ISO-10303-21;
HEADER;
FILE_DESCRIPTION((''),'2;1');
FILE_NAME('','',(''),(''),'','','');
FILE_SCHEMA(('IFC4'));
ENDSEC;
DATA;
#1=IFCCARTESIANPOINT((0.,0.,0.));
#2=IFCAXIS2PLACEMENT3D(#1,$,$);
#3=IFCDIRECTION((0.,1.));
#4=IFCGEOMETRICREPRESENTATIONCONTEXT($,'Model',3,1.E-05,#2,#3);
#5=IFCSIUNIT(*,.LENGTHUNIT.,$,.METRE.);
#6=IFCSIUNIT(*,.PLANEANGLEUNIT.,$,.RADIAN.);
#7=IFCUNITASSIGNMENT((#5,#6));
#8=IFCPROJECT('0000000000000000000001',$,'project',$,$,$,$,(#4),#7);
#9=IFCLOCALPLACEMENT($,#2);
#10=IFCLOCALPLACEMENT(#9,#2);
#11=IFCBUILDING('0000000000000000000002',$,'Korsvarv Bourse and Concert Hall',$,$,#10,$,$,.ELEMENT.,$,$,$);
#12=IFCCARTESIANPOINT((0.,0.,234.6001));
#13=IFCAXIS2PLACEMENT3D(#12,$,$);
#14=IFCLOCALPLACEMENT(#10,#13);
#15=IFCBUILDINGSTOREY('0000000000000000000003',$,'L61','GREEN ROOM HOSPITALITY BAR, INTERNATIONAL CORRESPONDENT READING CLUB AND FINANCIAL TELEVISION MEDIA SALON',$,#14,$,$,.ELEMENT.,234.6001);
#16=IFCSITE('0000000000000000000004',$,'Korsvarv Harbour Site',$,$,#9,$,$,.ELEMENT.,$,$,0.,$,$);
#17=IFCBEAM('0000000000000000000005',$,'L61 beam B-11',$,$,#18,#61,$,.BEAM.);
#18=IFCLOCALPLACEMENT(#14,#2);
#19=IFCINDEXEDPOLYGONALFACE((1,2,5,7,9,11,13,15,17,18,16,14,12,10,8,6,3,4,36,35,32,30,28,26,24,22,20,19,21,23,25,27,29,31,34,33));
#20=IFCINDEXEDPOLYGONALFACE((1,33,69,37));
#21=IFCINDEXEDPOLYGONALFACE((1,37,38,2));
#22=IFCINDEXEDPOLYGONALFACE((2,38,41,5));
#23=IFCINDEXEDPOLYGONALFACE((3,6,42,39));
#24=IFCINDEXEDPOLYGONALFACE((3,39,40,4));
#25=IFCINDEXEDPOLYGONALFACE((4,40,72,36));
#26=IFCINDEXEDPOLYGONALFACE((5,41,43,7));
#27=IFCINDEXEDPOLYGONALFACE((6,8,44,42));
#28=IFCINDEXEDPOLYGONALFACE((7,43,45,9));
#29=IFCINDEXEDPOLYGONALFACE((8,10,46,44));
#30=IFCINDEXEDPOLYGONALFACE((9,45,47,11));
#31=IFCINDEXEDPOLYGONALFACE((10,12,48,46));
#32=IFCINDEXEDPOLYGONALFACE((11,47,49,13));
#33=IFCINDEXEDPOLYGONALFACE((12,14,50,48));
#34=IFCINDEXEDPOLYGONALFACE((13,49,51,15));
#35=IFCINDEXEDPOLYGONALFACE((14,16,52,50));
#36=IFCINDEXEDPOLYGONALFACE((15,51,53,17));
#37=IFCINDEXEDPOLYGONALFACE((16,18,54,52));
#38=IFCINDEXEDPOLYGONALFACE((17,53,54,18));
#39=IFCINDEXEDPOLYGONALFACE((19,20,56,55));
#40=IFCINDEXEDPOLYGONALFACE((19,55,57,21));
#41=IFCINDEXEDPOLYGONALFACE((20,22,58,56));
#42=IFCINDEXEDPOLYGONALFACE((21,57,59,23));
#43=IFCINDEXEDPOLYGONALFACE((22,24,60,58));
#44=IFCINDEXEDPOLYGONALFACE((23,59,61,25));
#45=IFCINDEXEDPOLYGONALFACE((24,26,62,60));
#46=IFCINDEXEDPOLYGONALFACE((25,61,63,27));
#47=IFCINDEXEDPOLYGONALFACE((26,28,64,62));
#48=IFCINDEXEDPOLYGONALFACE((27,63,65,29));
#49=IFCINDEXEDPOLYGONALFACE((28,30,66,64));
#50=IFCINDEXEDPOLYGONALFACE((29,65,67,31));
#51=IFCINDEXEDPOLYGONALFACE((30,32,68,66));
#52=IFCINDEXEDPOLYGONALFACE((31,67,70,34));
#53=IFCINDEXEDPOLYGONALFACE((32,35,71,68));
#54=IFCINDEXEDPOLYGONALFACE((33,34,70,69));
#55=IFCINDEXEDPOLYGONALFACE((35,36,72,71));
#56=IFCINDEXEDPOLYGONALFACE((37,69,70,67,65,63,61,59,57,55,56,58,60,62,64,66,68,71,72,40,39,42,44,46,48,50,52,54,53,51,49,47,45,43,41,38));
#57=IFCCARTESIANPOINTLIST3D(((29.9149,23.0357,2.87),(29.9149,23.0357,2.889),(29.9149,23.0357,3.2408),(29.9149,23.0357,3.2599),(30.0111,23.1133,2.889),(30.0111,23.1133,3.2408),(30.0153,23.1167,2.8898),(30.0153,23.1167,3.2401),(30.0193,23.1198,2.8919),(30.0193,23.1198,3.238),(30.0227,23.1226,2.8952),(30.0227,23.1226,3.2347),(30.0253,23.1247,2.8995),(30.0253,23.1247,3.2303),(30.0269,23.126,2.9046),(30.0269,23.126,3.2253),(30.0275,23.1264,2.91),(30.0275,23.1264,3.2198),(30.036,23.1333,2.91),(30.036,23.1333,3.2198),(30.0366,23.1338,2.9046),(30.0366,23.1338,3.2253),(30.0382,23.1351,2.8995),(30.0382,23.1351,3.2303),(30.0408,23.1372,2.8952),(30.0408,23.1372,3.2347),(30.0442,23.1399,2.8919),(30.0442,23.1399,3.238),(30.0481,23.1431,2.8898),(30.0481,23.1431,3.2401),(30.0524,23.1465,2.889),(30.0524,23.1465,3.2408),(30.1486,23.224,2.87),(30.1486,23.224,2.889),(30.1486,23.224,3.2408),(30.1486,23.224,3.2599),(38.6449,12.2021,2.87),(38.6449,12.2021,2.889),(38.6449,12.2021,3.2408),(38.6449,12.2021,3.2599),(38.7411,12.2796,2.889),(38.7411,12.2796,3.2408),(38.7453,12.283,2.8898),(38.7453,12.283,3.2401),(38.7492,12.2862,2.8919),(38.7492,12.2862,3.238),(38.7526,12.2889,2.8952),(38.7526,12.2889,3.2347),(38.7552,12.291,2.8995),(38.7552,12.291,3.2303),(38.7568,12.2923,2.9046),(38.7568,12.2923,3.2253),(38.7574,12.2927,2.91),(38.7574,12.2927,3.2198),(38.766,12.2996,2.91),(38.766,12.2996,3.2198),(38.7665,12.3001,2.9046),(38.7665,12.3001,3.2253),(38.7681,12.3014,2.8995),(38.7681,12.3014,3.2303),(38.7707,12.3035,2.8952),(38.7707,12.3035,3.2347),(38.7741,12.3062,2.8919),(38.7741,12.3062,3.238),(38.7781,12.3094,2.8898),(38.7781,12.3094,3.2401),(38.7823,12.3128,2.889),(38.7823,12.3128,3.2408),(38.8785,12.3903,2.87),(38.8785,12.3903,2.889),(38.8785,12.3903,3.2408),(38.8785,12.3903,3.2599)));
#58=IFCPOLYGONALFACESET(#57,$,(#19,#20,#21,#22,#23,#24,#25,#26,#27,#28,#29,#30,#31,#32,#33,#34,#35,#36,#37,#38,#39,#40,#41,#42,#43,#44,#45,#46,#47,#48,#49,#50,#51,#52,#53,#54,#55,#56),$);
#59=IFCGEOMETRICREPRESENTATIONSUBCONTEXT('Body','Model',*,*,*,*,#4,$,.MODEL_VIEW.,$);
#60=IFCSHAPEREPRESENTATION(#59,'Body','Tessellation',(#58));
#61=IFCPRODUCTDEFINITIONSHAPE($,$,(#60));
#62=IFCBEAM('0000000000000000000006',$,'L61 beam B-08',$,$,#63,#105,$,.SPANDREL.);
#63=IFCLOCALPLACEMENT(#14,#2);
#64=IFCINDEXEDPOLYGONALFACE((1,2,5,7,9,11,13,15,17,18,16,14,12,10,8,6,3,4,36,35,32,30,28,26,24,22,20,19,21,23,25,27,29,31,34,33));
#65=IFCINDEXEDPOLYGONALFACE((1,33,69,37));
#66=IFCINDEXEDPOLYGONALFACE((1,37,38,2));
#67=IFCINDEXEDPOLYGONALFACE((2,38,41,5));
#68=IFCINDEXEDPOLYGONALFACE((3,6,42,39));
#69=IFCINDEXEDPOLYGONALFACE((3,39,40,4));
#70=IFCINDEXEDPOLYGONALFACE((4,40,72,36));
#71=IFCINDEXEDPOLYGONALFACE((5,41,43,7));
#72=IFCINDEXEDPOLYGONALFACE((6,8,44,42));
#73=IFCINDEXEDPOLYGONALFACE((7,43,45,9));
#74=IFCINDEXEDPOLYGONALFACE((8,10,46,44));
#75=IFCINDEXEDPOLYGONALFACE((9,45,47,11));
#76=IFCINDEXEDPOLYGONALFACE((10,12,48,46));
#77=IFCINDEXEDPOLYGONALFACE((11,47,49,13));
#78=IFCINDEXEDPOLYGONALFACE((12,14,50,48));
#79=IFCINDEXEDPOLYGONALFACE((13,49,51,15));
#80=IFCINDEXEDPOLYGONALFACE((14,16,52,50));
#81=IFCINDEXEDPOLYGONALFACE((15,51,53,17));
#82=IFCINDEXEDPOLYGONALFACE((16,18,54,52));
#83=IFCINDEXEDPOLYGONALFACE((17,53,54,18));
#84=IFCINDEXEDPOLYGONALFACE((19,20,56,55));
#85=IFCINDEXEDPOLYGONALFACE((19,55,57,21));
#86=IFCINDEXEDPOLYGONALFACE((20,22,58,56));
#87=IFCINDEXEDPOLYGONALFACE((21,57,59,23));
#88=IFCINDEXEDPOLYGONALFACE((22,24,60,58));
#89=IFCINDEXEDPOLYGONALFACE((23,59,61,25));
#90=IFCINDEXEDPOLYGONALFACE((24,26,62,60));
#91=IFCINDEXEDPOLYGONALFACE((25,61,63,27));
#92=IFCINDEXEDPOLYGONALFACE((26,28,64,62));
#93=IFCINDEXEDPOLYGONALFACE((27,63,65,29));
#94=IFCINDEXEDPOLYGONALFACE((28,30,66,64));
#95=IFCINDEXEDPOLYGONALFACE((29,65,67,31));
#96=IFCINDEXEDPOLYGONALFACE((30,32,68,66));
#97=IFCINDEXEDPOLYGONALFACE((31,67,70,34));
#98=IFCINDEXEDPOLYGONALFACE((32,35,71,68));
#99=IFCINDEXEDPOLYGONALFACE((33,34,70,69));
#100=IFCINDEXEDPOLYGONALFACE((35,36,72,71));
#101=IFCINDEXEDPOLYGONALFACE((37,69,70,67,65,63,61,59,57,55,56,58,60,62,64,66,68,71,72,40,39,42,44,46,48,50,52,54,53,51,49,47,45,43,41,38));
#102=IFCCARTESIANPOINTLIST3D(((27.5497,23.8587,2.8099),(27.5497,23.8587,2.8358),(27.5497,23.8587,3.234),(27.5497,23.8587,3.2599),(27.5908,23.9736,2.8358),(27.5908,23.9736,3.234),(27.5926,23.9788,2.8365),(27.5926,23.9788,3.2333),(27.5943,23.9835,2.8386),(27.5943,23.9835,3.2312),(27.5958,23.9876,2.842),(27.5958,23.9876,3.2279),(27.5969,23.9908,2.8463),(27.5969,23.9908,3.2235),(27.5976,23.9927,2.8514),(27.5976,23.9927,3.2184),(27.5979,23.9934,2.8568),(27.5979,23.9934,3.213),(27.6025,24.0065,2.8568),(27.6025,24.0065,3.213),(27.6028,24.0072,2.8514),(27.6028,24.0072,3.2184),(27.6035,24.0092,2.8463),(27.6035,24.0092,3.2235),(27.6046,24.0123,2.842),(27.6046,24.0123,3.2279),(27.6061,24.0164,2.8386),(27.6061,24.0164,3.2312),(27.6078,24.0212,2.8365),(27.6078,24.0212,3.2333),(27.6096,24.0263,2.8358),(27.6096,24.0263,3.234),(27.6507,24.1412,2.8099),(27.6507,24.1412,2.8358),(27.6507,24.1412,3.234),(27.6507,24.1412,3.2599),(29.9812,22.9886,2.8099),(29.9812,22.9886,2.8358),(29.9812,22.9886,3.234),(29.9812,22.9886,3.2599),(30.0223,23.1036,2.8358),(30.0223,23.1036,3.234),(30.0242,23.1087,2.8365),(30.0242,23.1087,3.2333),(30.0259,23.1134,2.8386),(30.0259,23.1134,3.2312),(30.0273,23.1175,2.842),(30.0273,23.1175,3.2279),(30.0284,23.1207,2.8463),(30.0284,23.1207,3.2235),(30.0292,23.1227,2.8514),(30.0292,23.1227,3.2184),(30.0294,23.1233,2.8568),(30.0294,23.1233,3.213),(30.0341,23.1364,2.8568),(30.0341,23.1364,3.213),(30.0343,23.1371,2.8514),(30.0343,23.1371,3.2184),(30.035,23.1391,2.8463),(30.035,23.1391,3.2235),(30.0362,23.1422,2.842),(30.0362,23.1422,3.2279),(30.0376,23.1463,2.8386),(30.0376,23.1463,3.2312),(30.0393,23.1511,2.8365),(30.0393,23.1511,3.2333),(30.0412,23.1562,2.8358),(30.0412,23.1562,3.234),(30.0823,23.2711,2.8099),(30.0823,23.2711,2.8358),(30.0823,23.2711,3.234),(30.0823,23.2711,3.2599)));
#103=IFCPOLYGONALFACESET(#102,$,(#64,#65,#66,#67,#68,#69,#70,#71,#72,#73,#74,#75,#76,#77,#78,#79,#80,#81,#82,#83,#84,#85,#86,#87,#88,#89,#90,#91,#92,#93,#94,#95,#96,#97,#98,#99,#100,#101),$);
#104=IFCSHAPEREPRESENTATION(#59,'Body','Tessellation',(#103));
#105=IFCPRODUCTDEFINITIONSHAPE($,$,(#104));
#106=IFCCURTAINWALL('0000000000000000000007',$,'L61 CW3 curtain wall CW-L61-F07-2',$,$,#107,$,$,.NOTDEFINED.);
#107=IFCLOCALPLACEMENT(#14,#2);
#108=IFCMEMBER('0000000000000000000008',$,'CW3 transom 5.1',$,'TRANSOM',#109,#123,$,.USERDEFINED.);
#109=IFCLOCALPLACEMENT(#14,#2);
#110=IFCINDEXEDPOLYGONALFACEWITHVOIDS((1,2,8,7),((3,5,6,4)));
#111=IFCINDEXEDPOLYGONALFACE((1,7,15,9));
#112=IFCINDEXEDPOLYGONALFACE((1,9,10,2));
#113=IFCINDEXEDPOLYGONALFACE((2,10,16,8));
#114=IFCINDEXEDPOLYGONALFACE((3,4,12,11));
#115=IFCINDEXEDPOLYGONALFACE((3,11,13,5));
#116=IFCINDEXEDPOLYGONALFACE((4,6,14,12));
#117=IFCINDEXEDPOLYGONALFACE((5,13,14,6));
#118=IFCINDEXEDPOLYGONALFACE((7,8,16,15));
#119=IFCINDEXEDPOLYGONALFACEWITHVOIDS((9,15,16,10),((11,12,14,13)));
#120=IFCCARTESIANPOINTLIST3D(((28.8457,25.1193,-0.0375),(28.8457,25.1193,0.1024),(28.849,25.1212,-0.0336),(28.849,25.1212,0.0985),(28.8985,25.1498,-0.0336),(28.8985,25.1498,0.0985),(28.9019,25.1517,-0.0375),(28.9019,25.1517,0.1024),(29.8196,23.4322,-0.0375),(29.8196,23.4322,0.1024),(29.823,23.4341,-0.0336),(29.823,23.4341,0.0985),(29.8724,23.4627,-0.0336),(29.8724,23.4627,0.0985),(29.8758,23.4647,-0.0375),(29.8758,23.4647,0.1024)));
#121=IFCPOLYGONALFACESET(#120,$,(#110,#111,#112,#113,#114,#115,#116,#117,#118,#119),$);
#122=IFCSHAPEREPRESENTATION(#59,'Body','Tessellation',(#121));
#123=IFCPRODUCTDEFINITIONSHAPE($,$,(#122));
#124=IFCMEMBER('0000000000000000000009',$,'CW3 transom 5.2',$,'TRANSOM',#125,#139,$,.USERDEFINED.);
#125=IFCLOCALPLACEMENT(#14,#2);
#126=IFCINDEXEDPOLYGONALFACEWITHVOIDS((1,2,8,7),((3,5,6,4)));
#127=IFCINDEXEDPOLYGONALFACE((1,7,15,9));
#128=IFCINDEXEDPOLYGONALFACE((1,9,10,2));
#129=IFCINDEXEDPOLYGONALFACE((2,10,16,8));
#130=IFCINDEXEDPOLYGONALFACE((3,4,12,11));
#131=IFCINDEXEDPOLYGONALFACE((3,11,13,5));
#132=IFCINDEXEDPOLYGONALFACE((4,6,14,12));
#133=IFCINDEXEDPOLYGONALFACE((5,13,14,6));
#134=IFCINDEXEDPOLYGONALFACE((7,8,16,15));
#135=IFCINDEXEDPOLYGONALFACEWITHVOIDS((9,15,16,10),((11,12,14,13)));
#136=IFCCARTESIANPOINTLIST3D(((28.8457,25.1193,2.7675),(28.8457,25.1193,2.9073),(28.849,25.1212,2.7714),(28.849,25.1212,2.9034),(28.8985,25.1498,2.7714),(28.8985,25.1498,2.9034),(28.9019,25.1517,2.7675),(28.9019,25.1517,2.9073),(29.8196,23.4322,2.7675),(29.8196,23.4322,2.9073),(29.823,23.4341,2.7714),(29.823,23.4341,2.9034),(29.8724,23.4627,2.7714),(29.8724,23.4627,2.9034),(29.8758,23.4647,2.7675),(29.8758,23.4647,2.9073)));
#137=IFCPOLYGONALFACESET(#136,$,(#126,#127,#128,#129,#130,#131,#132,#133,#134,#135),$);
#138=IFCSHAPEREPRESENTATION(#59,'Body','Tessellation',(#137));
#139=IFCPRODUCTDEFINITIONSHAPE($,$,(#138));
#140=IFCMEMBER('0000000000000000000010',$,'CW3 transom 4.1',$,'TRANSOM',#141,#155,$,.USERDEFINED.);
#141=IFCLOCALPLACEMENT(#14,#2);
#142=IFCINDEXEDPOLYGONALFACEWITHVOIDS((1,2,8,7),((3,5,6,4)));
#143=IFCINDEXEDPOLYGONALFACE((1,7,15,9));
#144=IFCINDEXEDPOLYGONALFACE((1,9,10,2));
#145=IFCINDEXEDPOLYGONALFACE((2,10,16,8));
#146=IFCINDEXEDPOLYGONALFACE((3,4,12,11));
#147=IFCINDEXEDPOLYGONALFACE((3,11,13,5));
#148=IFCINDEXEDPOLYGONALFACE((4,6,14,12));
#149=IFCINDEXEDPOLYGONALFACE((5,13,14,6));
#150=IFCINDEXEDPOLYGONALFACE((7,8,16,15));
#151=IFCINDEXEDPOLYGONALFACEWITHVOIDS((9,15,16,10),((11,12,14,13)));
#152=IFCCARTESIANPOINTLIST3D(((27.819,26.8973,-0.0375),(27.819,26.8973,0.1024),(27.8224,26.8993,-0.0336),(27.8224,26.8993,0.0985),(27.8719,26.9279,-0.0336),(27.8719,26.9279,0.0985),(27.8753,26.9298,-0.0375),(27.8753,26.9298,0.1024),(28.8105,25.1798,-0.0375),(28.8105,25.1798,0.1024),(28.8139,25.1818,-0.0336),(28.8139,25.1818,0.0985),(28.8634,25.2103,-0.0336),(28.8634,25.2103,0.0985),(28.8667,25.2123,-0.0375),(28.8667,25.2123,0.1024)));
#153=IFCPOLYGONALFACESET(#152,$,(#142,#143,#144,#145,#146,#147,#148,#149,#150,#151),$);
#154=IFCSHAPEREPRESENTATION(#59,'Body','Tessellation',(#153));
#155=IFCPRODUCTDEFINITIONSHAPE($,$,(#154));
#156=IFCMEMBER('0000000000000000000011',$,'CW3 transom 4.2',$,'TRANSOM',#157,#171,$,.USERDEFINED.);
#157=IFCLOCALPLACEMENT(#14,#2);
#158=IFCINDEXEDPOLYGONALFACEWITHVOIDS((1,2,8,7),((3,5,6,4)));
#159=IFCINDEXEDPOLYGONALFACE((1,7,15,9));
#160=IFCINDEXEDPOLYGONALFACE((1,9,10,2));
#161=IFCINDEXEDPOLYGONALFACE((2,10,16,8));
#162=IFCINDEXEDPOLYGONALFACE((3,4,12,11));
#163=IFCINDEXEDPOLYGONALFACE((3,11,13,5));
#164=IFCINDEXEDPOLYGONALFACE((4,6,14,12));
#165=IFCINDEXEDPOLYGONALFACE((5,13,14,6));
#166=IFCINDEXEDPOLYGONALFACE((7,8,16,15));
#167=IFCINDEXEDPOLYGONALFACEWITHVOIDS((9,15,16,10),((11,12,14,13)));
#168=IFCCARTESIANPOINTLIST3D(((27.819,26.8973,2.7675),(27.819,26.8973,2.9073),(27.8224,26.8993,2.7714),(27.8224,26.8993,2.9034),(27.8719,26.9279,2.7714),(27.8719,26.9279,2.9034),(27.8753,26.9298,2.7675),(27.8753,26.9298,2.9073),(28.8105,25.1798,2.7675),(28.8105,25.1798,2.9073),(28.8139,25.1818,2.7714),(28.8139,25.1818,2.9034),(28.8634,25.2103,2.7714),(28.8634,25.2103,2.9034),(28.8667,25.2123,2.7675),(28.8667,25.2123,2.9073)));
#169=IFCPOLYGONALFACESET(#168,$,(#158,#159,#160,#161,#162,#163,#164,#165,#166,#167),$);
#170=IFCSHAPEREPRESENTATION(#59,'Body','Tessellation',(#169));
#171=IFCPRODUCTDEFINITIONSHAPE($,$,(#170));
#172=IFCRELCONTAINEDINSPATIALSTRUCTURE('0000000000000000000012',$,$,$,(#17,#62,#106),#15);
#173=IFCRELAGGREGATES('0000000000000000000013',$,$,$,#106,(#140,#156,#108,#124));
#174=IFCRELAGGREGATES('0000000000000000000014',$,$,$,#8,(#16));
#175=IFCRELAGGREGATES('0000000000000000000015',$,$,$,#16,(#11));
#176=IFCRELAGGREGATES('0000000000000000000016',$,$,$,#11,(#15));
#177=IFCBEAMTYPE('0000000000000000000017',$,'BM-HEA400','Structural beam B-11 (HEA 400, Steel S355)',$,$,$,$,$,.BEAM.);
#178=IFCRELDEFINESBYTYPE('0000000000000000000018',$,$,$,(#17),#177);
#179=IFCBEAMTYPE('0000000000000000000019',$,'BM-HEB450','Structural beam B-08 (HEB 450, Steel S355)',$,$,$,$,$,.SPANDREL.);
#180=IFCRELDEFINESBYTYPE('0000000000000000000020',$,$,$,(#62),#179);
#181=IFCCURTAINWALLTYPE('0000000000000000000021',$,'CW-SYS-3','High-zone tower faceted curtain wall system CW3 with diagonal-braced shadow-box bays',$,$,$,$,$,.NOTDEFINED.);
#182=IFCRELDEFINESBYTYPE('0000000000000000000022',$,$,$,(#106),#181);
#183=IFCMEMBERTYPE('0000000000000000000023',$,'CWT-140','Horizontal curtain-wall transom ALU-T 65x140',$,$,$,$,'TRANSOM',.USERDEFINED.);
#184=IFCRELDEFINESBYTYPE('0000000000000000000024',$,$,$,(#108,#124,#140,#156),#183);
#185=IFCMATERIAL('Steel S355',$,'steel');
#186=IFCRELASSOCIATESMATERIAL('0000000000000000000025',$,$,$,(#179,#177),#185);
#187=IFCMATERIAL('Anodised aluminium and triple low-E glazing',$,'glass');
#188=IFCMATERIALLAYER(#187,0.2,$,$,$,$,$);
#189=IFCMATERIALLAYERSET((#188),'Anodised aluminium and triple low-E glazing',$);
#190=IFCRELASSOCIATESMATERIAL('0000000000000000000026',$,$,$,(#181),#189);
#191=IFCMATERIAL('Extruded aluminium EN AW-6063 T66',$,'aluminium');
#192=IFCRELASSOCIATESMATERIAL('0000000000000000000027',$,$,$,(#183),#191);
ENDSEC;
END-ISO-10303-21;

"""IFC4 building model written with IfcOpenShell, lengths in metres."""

from ifc_helpers import new_model, si_unit, direction, frame, origin, origin_2d, place, context, subcontext, project, spatial, hollow_rectangle, i_section, extrude, source, transform, mapped, material, layer, layer_set, material_profile, profile_set, type_object, element, aggregate, save


model = new_model("IFC4")

# Units and contexts
model_context = context("Model", 3, precision=1e-05, world=origin(), true_north=direction((0.0, 1.0)))
body_context = subcontext(model_context, "Body", "Model", "MODEL_VIEW")
ifc_project = project(units=[si_unit("LENGTHUNIT", "METRE"), si_unit("PLANEANGLEUNIT", "RADIAN")], contexts=[model_context])

# Site, building, storey
site_placement = place(None, origin())
site = spatial("IfcSite", under=ifc_project, at=site_placement, Name="Korsvarv Harbour Site", CompositionType="ELEMENT", RefElevation=0.0)
building_placement = place(site_placement, origin())
building = spatial("IfcBuilding", under=site, at=building_placement, Name="Korsvarv Bourse and Concert Hall", CompositionType="ELEMENT")
storey_placement = place(building_placement, frame((0.0, 0.0, 234.6001)))
storey = spatial("IfcBuildingStorey", under=building, at=storey_placement, Name="L61", Description="GREEN ROOM HOSPITALITY BAR, INTERNATIONAL CORRESPONDENT READING CLUB AND FINANCIAL TELEVISION MEDIA SALON", CompositionType="ELEMENT", Elevation=234.6001)

# Shared definitions
ifc_material_1 = material(Name="Steel S355", Category="steel")

# Beams
ifc_material_profile_1 = material_profile(ifc_material_1, i_section(OverallWidth=0.3, OverallDepth=0.45, WebThickness=0.0139, FlangeThickness=0.0259, FilletRadius=0.021, at=origin_2d()), Name="HEB 450")
ifc_profile_set_1 = profile_set([ifc_material_profile_1], Name="Steel S355")
beam_type_1 = type_object("IfcBeamType", Name="BM-HEB450", Description="Structural beam B-08 (HEB 450, Steel S355)", PredefinedType="SPANDREL", material=ifc_profile_set_1)
ifc_material_profile_2 = material_profile(ifc_material_1, i_section(OverallWidth=0.3, OverallDepth=0.3899, WebThickness=0.011, FlangeThickness=0.019, FilletRadius=0.021, at=origin_2d()), Name="HEA 400")
ifc_profile_set_2 = profile_set([ifc_material_profile_2], Name="Steel S355")
beam_type_2 = type_object("IfcBeamType", Name="BM-HEA400", Description="Structural beam B-11 (HEA 400, Steel S355)", PredefinedType="BEAM", material=ifc_profile_set_2)
shared_shape_1 = source(origin(), body_context, "Body", "SweptSolid", [
    extrude(i_section(OverallWidth=0.3, OverallDepth=0.3899, WebThickness=0.011, FlangeThickness=0.019, FilletRadius=0.021, at=origin_2d()), origin(), (0.0, 0.0, 1.0), 13.9133),
])
beam_1_placement = place(storey_placement, frame((30.0317, 23.1299, 3.0649), z_axis=(0.627452, -0.778656, 0.0), x_axis=(0.778656, 0.627452, 0.0)))
element("IfcBeam", 1, at=beam_1_placement, inside=storey, type_object=beam_type_2, Name="L61 beam B-11", PredefinedType="BEAM", context=body_context, shape_type="MappedRepresentation", body=[
    mapped(shared_shape_1, transform((0.0, 0.0, 0.0), scale=1.0)),
])
shared_shape_2 = source(origin(), body_context, "Body", "SweptSolid", [
    extrude(i_section(OverallWidth=0.3, OverallDepth=0.45, WebThickness=0.0139, FlangeThickness=0.0259, FilletRadius=0.021, at=origin_2d()), origin(), (0.0, 0.0, 1.0), 2.5825),
])
beam_2_placement = place(storey_placement, frame((30.0317, 23.1299, 3.0349), z_axis=(-0.941536, 0.336911, 0.0), x_axis=(-0.336911, -0.941536, 0.0)))
element("IfcBeam", 2, at=beam_2_placement, inside=storey, type_object=beam_type_1, Name="L61 beam B-08", PredefinedType="SPANDREL", context=body_context, shape_type="MappedRepresentation", body=[
    mapped(shared_shape_2, transform((0.0, 0.0, 0.0), scale=1.0)),
])

# Curtain wall, members
ifc_material_2 = material(Name="Anodised aluminium and triple low-E glazing", Category="glass")
ifc_layer_1 = layer(ifc_material_2, 0.2)
ifc_layer_set_1 = layer_set([ifc_layer_1], Name="Anodised aluminium and triple low-E glazing")
curtain_wall_type = type_object("IfcCurtainWallType", Name="CW-SYS-3", Description="High-zone tower faceted curtain wall system CW3 with diagonal-braced shadow-box bays", PredefinedType="NOTDEFINED", material=ifc_layer_set_1)
curtain_wall_placement = place(storey_placement, origin())
curtain_wall = element("IfcCurtainWall", 3, at=curtain_wall_placement, inside=storey, type_object=curtain_wall_type, Name="L61 CW3 curtain wall CW-L61-F07-2", PredefinedType="NOTDEFINED")
ifc_material_3 = material(Name="Extruded aluminium EN AW-6063 T66", Category="aluminium")
ifc_material_profile_3 = material_profile(ifc_material_3, hollow_rectangle(XDim=0.0649, YDim=0.1399, WallThickness=0.0039, at=origin_2d()), Name="ALU-T 65x140")
ifc_profile_set_3 = profile_set([ifc_material_profile_3], Name="Extruded aluminium EN AW-6063 T66")
member_type_1 = type_object("IfcMemberType", Name="CWT-140", Description="Horizontal curtain-wall transom ALU-T 65x140", ElementType="TRANSOM", PredefinedType="USERDEFINED", material=ifc_profile_set_3)
shared_shape_3 = source(origin(), body_context, "Body", "SweptSolid", [
    extrude(hollow_rectangle(XDim=0.0649, YDim=0.1399, WallThickness=0.0039, at=origin_2d()), origin(), (0.0, 0.0, 1.0), 1.948),
])
member_1_placement = place(storey_placement, frame((28.8738, 25.1355, 0.0325), z_axis=(0.499954, -0.866052, 0.0), x_axis=(0.866052, 0.499954, 0.0)))
member_1 = element("IfcMember", 4, at=member_1_placement, type_object=member_type_1, Name="CW3 transom 5.1", ObjectType="TRANSOM", PredefinedType="USERDEFINED", context=body_context, shape_type="MappedRepresentation", body=[
    mapped(shared_shape_3, transform((0.0, 0.0, 0.0), scale=1.0)),
])
member_2_placement = place(storey_placement, frame((28.8738, 25.1355, 2.8374), z_axis=(0.499954, -0.866052, 0.0), x_axis=(0.866052, 0.499954, 0.0)))
member_2 = element("IfcMember", 5, at=member_2_placement, type_object=member_type_1, Name="CW3 transom 5.2", ObjectType="TRANSOM", PredefinedType="USERDEFINED", context=body_context, shape_type="MappedRepresentation", body=[
    mapped(shared_shape_3, transform((0.0, 0.0, 0.0), scale=1.0)),
])
shared_shape_4 = source(origin(), body_context, "Body", "SweptSolid", [
    extrude(hollow_rectangle(XDim=0.0649, YDim=0.1399, WallThickness=0.0039, at=origin_2d()), origin(), (0.0, 0.0, 1.0), 1.9832),
])
member_3_placement = place(storey_placement, frame((27.8472, 26.9136, 0.0325), z_axis=(0.499939, -0.866061, 0.0), x_axis=(0.866061, 0.499939, 0.0)))
member_3 = element("IfcMember", 6, at=member_3_placement, type_object=member_type_1, Name="CW3 transom 4.1", ObjectType="TRANSOM", PredefinedType="USERDEFINED", context=body_context, shape_type="MappedRepresentation", body=[
    mapped(shared_shape_4, transform((0.0, 0.0, 0.0), scale=1.0)),
])
member_4_placement = place(storey_placement, frame((27.8472, 26.9136, 2.8374), z_axis=(0.499939, -0.866061, 0.0), x_axis=(0.866061, 0.499939, 0.0)))
member_4 = element("IfcMember", 7, at=member_4_placement, type_object=member_type_1, Name="CW3 transom 4.2", ObjectType="TRANSOM", PredefinedType="USERDEFINED", context=body_context, shape_type="MappedRepresentation", body=[
    mapped(shared_shape_4, transform((0.0, 0.0, 0.0), scale=1.0)),
])
aggregate(curtain_wall, [member_3, member_4, member_1, member_2])

save(model, "model.ifc")
